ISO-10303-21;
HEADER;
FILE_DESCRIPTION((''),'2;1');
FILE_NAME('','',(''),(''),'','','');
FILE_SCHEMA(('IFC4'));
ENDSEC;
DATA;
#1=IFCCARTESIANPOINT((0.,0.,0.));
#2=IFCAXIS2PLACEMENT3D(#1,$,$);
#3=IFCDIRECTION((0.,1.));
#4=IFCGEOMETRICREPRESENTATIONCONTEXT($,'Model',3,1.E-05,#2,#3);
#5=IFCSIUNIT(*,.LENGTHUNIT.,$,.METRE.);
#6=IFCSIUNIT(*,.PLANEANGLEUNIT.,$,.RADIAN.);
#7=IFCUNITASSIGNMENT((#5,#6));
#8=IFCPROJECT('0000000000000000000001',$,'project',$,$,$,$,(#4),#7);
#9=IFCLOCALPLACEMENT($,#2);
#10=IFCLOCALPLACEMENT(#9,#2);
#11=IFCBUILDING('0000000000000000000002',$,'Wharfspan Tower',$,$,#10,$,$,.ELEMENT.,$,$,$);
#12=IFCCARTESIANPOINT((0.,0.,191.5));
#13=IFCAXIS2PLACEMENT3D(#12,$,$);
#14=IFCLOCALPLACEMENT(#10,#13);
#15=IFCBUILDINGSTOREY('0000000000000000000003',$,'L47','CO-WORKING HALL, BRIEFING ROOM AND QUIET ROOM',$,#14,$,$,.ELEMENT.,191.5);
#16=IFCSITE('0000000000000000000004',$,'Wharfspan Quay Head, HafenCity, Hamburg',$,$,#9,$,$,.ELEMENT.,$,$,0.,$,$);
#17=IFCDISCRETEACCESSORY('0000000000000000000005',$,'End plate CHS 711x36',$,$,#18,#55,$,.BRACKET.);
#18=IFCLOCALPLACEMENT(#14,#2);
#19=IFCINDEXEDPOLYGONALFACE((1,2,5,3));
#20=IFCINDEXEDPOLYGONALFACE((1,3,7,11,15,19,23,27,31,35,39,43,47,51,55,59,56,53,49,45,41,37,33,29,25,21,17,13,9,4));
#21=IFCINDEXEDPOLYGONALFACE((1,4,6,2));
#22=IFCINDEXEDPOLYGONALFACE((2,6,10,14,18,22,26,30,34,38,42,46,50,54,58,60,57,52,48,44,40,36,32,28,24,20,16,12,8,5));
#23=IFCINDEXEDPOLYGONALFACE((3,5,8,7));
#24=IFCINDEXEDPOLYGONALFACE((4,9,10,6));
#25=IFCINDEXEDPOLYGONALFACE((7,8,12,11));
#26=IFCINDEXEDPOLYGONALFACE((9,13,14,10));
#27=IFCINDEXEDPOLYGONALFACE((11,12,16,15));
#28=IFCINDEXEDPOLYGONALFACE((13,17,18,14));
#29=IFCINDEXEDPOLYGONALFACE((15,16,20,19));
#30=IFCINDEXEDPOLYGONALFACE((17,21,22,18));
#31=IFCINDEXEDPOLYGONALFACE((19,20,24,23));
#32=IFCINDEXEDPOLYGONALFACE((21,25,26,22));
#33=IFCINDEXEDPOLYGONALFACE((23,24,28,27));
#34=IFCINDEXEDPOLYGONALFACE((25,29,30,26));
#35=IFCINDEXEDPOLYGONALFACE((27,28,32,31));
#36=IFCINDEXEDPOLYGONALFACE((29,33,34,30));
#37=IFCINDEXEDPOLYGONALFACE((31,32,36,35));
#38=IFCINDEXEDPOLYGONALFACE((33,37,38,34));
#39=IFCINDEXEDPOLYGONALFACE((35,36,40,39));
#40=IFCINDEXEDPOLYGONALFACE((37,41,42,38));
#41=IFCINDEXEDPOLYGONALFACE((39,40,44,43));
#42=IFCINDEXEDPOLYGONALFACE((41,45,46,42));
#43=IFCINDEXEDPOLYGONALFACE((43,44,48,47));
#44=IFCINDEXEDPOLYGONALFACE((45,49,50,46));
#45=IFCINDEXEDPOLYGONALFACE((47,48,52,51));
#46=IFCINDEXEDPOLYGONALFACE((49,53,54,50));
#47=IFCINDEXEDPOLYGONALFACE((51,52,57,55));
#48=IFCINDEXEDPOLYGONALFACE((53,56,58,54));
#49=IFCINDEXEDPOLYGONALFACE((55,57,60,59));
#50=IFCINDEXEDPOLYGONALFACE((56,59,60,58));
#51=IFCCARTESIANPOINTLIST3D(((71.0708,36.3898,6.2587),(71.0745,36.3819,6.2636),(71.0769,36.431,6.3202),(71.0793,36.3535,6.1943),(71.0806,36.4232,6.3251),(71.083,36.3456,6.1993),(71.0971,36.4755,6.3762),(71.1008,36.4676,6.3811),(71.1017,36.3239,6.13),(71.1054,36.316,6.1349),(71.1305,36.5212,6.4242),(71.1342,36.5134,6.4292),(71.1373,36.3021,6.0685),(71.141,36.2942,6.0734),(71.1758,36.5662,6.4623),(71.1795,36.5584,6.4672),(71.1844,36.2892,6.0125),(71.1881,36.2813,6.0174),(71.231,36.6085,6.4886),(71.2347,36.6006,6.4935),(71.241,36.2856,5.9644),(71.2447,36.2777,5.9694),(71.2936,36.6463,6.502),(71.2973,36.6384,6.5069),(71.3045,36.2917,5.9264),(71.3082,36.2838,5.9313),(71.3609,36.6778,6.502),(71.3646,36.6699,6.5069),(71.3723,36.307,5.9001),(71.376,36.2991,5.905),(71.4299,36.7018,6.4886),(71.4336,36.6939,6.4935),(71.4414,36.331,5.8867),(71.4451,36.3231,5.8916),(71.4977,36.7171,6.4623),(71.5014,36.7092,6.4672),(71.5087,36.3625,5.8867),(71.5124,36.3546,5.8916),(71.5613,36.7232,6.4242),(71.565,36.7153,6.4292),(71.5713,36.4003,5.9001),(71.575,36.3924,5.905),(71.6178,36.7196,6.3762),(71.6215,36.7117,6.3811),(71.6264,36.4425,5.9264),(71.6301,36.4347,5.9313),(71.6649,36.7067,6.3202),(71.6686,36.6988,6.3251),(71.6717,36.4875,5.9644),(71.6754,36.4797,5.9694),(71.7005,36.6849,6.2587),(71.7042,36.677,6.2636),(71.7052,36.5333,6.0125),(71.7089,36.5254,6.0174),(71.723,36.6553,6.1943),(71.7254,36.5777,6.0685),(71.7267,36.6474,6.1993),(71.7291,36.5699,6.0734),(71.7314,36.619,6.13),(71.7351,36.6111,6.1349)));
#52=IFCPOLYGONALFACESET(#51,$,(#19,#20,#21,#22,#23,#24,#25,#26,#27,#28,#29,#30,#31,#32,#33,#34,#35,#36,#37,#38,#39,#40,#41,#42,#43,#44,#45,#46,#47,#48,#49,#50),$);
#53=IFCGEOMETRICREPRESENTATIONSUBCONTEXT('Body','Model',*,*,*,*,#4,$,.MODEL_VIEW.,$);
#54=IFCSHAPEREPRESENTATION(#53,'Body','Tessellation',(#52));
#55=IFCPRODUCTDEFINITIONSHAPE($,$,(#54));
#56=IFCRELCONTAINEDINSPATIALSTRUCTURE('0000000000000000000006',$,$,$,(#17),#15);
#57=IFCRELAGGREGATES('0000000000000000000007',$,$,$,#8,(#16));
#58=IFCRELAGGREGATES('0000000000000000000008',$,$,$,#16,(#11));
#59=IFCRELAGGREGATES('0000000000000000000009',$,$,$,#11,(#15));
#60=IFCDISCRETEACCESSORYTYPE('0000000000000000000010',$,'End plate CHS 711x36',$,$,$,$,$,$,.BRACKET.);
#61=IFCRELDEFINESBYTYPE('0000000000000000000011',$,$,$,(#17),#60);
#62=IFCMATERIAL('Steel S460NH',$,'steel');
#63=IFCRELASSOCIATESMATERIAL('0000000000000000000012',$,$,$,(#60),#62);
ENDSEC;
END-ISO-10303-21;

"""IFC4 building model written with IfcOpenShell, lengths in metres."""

from ifc_helpers import new_model, si_unit, direction, frame, origin, origin_2d, place, context, subcontext, project, spatial, circle, extrude, material, material_profile, profile_set, type_object, element, save


model = new_model("IFC4")

# Units and contexts
model_context = context("Model", 3, precision=1e-05, world=origin(), true_north=direction((0.0, 1.0)))
body_context = subcontext(model_context, "Body", "Model", "MODEL_VIEW")
ifc_project = project(units=[si_unit("LENGTHUNIT", "METRE"), si_unit("PLANEANGLEUNIT", "RADIAN")], contexts=[model_context])

# Site, building, storey
site_placement = place(None, origin())
site = spatial("IfcSite", under=ifc_project, at=site_placement, Name="Wharfspan Quay Head, HafenCity, Hamburg", CompositionType="ELEMENT", RefElevation=0.0)
building_placement = place(site_placement, origin())
building = spatial("IfcBuilding", under=site, at=building_placement, Name="Wharfspan Tower", CompositionType="ELEMENT")
storey_placement = place(building_placement, frame((0.0, 0.0, 191.5)))
storey = spatial("IfcBuildingStorey", under=building, at=storey_placement, Name="L47", Description="CO-WORKING HALL, BRIEFING ROOM AND QUIET ROOM", CompositionType="ELEMENT", Elevation=191.5)

# Shared definitions
ifc_material_1 = material(Name="Steel S460NH", Category="steel")

# Discrete accessory
ifc_material_profile_1 = material_profile(ifc_material_1, circle(Radius=0.3555, at=origin_2d()))
ifc_profile_set_1 = profile_set([ifc_material_profile_1], Name="Steel S460NH")
discrete_accessory_type = type_object("IfcDiscreteAccessoryType", Name="End plate CHS 711x36", PredefinedType="BRACKET", material=ifc_profile_set_1)
for number, where, z_axis, x_axis, name in (
    (1, (71.4011, 36.5044, 6.1943), (0.369386, -0.788024, 0.492515), (0.905459, 0.424433, -0.000001), "End plate CHS 711x36"),
):
    element("IfcDiscreteAccessory", number, at=place(storey_placement, frame(where, z_axis=z_axis, x_axis=x_axis)), inside=storey, type_object=discrete_accessory_type, Name=name, PredefinedType="BRACKET", context=body_context, shape_type="SweptSolid", body=[
        extrude(circle(Radius=0.3555, at=origin_2d()), origin(), (0.0, 0.0, 1.0), 0.01),
    ])

save(model, "model.ifc")
